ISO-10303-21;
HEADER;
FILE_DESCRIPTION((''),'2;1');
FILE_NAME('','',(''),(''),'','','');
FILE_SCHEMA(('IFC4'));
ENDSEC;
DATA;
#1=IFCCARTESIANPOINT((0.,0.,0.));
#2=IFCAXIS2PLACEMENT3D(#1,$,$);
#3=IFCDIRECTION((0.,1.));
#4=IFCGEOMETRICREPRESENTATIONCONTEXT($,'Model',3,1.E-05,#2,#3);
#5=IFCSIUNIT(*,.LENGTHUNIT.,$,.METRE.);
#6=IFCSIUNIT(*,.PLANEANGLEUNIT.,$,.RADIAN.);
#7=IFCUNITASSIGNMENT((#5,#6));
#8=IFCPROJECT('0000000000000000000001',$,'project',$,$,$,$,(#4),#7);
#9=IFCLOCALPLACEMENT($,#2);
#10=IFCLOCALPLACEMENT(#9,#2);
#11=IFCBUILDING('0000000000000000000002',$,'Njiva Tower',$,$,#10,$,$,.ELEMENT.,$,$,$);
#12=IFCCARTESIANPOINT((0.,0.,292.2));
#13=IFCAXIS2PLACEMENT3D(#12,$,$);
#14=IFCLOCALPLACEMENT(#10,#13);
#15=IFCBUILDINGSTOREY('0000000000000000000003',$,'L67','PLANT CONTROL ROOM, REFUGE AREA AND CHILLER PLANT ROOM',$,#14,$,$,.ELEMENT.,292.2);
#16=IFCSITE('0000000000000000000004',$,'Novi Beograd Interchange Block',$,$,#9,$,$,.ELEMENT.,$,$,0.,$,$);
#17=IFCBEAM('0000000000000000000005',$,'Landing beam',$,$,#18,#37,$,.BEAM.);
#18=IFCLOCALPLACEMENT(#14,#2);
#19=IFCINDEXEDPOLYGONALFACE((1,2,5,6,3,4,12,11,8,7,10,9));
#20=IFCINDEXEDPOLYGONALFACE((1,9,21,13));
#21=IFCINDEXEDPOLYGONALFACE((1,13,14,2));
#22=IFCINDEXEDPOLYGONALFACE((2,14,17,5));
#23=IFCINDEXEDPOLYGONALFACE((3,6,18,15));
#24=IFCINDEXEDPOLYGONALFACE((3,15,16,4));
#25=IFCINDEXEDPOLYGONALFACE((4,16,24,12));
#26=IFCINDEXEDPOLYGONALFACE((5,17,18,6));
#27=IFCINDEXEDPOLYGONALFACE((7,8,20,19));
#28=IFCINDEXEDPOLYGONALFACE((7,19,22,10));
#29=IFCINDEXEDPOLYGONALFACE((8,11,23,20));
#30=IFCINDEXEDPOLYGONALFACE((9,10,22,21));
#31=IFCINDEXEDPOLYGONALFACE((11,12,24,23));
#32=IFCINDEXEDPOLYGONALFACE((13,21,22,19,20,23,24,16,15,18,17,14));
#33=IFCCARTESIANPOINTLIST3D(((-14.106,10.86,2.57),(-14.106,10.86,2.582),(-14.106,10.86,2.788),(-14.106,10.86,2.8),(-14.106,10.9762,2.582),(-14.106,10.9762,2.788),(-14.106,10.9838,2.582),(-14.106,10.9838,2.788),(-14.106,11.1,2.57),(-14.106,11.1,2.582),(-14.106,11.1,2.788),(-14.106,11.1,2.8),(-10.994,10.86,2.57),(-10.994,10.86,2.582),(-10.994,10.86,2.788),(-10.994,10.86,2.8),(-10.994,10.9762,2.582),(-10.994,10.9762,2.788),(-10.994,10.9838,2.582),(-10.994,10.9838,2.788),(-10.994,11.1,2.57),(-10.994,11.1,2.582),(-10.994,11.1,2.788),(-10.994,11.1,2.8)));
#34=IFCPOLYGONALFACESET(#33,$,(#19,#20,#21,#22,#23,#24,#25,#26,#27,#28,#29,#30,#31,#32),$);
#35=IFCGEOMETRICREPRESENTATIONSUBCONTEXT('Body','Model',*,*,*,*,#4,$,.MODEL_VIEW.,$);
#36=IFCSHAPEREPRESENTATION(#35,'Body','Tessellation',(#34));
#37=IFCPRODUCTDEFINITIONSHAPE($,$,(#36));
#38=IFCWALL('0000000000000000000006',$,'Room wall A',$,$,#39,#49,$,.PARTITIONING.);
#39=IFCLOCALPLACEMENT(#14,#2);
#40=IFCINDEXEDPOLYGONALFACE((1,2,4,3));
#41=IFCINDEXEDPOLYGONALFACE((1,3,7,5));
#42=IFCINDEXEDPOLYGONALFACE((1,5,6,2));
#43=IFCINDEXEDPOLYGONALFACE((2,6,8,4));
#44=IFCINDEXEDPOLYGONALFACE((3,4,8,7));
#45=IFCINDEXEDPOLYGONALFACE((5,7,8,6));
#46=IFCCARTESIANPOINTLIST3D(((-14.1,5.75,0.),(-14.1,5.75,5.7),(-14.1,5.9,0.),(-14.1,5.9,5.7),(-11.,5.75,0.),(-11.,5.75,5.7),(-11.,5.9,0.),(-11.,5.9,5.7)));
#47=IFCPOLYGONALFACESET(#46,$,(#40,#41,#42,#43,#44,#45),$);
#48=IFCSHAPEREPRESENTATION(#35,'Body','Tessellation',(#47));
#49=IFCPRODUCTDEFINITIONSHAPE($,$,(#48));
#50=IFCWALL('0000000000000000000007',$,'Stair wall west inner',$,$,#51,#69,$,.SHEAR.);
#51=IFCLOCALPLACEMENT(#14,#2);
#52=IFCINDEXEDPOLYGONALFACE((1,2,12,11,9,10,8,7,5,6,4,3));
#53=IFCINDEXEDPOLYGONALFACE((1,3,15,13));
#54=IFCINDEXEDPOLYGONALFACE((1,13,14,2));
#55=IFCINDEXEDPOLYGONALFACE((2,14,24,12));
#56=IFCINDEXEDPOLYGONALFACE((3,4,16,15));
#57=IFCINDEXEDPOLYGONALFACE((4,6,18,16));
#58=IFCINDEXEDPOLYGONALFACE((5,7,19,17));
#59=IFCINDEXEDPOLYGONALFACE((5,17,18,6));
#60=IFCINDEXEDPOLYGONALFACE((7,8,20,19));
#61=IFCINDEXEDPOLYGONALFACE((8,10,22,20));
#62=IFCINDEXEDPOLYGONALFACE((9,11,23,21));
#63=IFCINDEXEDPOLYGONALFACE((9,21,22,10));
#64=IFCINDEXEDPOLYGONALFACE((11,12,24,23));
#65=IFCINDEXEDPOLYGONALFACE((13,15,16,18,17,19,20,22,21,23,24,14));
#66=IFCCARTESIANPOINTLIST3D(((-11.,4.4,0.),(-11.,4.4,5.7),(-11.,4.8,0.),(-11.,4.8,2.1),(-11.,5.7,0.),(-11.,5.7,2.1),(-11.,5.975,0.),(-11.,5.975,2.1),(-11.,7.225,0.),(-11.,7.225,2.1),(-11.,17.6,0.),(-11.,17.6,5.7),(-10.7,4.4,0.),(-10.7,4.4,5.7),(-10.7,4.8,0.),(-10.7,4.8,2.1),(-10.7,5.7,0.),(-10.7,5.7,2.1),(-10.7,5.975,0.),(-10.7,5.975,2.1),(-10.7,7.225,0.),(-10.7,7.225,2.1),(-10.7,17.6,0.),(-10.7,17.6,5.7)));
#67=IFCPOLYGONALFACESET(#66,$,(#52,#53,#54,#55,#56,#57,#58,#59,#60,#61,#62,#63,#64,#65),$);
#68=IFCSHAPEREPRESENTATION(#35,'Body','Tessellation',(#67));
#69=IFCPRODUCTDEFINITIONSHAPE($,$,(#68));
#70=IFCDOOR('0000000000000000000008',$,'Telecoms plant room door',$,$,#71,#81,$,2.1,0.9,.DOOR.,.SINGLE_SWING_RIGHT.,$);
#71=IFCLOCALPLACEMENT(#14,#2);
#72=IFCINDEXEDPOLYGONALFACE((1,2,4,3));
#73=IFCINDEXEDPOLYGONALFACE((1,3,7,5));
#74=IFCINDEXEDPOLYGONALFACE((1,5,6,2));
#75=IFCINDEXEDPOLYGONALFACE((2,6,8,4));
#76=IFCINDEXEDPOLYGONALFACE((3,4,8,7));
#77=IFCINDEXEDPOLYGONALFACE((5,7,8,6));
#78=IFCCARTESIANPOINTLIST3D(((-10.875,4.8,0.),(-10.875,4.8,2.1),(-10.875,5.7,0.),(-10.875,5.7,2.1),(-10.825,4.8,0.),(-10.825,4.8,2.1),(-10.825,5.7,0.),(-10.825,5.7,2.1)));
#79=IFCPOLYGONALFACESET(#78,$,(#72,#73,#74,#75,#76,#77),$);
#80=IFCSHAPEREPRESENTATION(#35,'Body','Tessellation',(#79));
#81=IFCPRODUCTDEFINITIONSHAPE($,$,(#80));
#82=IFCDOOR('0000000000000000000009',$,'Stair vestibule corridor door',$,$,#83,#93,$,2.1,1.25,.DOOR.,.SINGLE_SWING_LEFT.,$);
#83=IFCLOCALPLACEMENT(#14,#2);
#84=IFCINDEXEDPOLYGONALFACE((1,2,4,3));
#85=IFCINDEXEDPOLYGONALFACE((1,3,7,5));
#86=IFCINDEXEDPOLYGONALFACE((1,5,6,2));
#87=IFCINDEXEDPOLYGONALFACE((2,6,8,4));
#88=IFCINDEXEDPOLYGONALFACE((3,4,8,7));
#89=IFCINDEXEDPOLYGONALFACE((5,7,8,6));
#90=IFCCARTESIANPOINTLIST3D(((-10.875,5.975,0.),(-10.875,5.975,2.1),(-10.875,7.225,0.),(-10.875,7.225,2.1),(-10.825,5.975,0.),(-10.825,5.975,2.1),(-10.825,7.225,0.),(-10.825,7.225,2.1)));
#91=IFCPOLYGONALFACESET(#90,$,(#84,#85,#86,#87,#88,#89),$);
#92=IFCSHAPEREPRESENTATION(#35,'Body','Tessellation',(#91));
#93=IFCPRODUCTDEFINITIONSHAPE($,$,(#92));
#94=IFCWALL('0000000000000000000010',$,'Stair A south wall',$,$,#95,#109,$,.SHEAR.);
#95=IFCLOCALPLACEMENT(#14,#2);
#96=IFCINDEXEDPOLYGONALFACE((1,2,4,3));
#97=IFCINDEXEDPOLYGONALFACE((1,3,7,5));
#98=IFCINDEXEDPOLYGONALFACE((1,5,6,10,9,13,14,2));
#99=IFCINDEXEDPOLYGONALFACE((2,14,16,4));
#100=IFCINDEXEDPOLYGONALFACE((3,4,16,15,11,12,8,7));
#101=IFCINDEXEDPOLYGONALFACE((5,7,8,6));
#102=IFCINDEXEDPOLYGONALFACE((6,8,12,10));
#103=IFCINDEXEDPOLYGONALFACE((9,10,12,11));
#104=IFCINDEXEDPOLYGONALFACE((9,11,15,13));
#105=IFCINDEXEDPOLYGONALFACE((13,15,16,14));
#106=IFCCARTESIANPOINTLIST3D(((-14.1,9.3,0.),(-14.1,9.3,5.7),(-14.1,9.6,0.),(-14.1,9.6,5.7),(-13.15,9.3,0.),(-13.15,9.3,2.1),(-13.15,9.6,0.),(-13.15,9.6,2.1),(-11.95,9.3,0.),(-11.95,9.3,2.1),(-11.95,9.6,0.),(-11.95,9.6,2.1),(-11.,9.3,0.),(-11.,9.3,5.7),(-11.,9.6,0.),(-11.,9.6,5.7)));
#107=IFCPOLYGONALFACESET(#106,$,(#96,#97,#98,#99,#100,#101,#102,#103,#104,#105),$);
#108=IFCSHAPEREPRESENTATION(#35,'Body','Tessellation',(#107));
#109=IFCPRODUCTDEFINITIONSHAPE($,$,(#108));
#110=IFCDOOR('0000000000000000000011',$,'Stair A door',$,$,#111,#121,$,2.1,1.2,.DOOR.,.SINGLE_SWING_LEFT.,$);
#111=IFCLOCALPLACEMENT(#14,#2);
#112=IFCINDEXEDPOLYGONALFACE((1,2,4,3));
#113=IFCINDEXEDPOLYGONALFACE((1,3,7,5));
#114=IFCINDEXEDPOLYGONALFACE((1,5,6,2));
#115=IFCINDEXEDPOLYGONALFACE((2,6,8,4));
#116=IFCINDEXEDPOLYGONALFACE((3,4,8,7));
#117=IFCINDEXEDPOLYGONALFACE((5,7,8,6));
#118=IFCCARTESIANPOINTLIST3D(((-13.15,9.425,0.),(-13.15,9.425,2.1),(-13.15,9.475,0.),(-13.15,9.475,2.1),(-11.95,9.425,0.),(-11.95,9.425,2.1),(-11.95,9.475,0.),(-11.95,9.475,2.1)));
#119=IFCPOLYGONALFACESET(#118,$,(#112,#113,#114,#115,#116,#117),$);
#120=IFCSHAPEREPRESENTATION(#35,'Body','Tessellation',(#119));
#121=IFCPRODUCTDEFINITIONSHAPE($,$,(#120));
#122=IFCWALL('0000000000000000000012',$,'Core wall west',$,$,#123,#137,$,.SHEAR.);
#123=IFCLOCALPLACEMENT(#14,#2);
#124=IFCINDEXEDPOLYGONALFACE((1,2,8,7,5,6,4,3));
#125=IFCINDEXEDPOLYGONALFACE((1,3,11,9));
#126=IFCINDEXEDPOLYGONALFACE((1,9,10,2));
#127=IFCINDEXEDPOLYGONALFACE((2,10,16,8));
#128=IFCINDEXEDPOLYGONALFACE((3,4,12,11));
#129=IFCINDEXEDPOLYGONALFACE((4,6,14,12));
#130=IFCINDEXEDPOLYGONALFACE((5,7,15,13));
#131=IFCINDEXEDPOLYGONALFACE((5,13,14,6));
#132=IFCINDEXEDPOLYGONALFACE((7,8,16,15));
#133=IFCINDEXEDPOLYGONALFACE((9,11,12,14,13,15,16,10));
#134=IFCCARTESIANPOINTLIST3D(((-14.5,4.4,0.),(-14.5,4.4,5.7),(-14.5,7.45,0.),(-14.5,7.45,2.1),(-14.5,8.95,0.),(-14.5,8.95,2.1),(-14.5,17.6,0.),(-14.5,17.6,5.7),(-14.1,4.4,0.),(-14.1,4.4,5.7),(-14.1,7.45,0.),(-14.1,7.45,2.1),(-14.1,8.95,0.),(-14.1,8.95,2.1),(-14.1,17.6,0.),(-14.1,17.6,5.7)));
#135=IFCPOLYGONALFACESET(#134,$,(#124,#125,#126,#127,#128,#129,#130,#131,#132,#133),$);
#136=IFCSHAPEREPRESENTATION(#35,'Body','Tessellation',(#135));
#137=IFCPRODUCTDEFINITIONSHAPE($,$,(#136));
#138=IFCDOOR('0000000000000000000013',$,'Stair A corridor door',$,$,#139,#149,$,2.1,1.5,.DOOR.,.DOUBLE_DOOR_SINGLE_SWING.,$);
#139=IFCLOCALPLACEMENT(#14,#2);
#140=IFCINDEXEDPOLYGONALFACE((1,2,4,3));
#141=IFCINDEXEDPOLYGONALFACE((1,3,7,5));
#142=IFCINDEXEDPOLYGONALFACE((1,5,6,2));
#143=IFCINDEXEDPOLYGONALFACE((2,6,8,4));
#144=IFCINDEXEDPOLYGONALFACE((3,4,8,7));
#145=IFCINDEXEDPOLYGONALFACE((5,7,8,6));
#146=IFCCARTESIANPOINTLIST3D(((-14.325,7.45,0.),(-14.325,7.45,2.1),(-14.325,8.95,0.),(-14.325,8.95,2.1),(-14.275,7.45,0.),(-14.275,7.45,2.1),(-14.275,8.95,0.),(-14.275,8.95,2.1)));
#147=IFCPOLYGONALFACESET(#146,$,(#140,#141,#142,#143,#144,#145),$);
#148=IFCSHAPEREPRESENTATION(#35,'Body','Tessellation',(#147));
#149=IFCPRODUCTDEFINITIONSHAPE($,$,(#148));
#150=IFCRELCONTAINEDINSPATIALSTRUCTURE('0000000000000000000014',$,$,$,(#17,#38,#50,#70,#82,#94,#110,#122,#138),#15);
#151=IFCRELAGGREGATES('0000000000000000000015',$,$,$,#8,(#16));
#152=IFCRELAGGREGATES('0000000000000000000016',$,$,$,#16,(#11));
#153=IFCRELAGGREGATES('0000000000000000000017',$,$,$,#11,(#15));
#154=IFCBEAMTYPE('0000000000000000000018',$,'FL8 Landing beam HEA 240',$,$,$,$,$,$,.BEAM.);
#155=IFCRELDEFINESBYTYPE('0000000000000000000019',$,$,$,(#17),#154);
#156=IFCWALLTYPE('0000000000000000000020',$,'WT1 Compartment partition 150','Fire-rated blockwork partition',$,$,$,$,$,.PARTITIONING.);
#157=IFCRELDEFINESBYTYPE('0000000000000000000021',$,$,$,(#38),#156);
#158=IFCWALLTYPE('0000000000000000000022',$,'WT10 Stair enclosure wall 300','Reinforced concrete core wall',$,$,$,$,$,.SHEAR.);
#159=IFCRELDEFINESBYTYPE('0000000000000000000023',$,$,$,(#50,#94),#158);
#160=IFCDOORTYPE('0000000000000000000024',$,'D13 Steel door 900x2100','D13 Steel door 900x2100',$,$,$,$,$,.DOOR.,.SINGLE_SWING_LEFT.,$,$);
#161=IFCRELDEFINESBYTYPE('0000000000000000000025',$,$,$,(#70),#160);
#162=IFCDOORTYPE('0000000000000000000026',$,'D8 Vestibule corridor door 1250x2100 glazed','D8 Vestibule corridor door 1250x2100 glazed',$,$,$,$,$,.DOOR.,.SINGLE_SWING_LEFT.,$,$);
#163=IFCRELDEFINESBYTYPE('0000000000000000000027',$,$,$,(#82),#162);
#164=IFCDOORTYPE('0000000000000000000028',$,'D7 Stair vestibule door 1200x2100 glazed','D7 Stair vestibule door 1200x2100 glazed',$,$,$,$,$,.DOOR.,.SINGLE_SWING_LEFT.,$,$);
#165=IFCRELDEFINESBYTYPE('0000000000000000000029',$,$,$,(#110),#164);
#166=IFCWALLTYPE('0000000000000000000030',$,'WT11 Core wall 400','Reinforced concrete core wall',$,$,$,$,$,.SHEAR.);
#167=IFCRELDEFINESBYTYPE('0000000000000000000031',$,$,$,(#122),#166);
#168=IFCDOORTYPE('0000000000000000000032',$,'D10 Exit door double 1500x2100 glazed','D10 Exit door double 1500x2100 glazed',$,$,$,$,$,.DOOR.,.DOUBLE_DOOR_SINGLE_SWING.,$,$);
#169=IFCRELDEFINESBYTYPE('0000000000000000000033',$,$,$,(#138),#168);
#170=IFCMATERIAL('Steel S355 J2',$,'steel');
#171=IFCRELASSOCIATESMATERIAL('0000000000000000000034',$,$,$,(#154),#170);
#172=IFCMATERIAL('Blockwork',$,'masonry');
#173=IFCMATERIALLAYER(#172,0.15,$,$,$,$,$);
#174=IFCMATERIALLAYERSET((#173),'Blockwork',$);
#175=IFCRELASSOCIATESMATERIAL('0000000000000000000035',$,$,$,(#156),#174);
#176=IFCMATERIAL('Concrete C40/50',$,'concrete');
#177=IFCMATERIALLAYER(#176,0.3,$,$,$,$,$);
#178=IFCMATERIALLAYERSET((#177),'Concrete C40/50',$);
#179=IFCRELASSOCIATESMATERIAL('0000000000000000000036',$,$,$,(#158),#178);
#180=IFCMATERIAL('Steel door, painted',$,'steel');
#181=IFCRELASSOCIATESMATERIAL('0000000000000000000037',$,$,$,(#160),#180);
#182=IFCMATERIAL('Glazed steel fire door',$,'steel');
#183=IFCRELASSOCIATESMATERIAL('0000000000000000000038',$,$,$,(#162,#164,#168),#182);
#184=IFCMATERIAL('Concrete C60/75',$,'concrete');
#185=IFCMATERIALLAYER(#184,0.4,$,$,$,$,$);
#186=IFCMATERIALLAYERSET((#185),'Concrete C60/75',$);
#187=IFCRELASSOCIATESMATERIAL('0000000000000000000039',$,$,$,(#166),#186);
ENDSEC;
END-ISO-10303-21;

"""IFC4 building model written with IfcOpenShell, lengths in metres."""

from ifc_helpers import new_model, si_unit, direction, frame, frame_2d, origin, origin_2d, place, context, subcontext, project, spatial, rectangle, i_section, extrude, material, layer, layer_set, material_profile, profile_set, type_object, element, fill, save


model = new_model("IFC4")

# Units and contexts
model_context = context("Model", 3, precision=1e-05, world=origin(), true_north=direction((0.0, 1.0)))
body_context = subcontext(model_context, "Body", "Model", "MODEL_VIEW")
ifc_project = project(units=[si_unit("LENGTHUNIT", "METRE"), si_unit("PLANEANGLEUNIT", "RADIAN")], contexts=[model_context])

# Site, building, storey
site_placement = place(None, origin())
site = spatial("IfcSite", under=ifc_project, at=site_placement, Name="Novi Beograd Interchange Block", CompositionType="ELEMENT", RefElevation=0.0)
building_placement = place(site_placement, origin())
building = spatial("IfcBuilding", under=site, at=building_placement, Name="Njiva Tower", CompositionType="ELEMENT")
storey_placement = place(building_placement, frame((0.0, 0.0, 292.2)))
storey = spatial("IfcBuildingStorey", under=building, at=storey_placement, Name="L67", Description="PLANT CONTROL ROOM, REFUGE AREA AND CHILLER PLANT ROOM", CompositionType="ELEMENT", Elevation=292.2)

# Beam
ifc_material_1 = material(Name="Steel S355 J2", Category="steel")
ifc_material_profile_1 = material_profile(ifc_material_1, i_section(OverallWidth=0.24, OverallDepth=0.23, WebThickness=0.0075, FlangeThickness=0.012, at=origin_2d()), Name="HEA240")
ifc_profile_set_1 = profile_set([ifc_material_profile_1], Name="Steel S355 J2")
beam_type = type_object("IfcBeamType", Name="FL8 Landing beam HEA 240", PredefinedType="BEAM", material=ifc_profile_set_1)
beam_placement = place(storey_placement, frame((-14.106, 10.98, 2.685), z_axis=(1.0, 0.0, 0.0), x_axis=(0.0, 1.0, 0.0)))
element("IfcBeam", 1, at=beam_placement, inside=storey, type_object=beam_type, Name="Landing beam", PredefinedType="BEAM", context=body_context, shape_type="SweptSolid", body=[
    extrude(i_section(OverallWidth=0.24, OverallDepth=0.23, WebThickness=0.0075, FlangeThickness=0.012, at=origin_2d()), origin(), (0.0, 0.0, 1.0), 3.112),
])

# Wall
ifc_material_2 = material(Name="Blockwork", Category="masonry")
ifc_layer_1 = layer(ifc_material_2, 0.15)
ifc_layer_set_1 = layer_set([ifc_layer_1], Name="Blockwork")
wall_type_1 = type_object("IfcWallType", Name="WT1 Compartment partition 150", Description="Fire-rated blockwork partition", PredefinedType="PARTITIONING", material=ifc_layer_set_1)
wall_1_placement = place(storey_placement, frame((-14.1, 5.825, 0.0), z_axis=(0.0, 0.0, 1.0), x_axis=(1.0, 0.0, 0.0)))
element("IfcWall", 2, at=wall_1_placement, inside=storey, type_object=wall_type_1, Name="Room wall A", PredefinedType="PARTITIONING", context=body_context, shape_type="SweptSolid", body=[
    extrude(rectangle(XDim=3.1, YDim=0.15, at=frame_2d((1.55, 0.0))), origin(), (0.0, 0.0, 1.0), 5.7),
])

# Wall, openings, doors
ifc_material_3 = material(Name="Concrete C40/50", Category="concrete")
ifc_layer_2 = layer(ifc_material_3, 0.3)
ifc_layer_set_2 = layer_set([ifc_layer_2], Name="Concrete C40/50")
wall_type_2 = type_object("IfcWallType", Name="WT10 Stair enclosure wall 300", Description="Reinforced concrete core wall", PredefinedType="SHEAR", material=ifc_layer_set_2)
wall_2_placement = place(storey_placement, frame((-10.85, 4.4, 0.0), z_axis=(0.0, 0.0, 1.0), x_axis=(0.0, 1.0, 0.0)))
wall_2 = element("IfcWall", 3, at=wall_2_placement, inside=storey, type_object=wall_type_2, Name="Stair wall west inner", PredefinedType="SHEAR", context=body_context, shape_type="SweptSolid", body=[
    extrude(rectangle(XDim=13.2, YDim=0.3, at=frame_2d((6.6, 0.0))), origin(), (0.0, 0.0, 1.0), 5.7),
])
opening_1_placement = place(wall_2_placement, frame((1.575, 0.0, 0.0)))
opening_1 = element("IfcOpeningElement", 4, at=opening_1_placement, cuts=wall_2, PredefinedType="OPENING", context=body_context, shape_type="SweptSolid", body=[
    extrude(rectangle(XDim=1.25, YDim=2.1, at=frame_2d((0.625, 1.05))), frame((0.0, 0.16, 0.0), z_axis=(0.0, -1.0, 0.0), x_axis=(1.0, 0.0, 0.0)), (0.0, 0.0, 1.0), 0.32),
])
opening_2_placement = place(wall_2_placement, frame((0.4, 0.0, 0.0)))
opening_2 = element("IfcOpeningElement", 5, at=opening_2_placement, cuts=wall_2, PredefinedType="OPENING", context=body_context, shape_type="SweptSolid", body=[
    extrude(rectangle(XDim=0.9, YDim=2.1, at=frame_2d((0.45, 1.05))), frame((0.0, 0.16, 0.0), z_axis=(0.0, -1.0, 0.0), x_axis=(1.0, 0.0, 0.0)), (0.0, 0.0, 1.0), 0.32),
])
ifc_material_4 = material(Name="Steel door, painted", Category="steel")
door_type_1 = type_object("IfcDoorType", Name="D13 Steel door 900x2100", Description="D13 Steel door 900x2100", OperationType="SINGLE_SWING_LEFT", PredefinedType="DOOR", material=ifc_material_4)
door_1_placement = place(opening_2_placement, origin())
door_1 = element("IfcDoor", 6, at=door_1_placement, inside=storey, type_object=door_type_1, Name="Telecoms plant room door", OperationType="SINGLE_SWING_RIGHT", OverallHeight=2.1, OverallWidth=0.9, PredefinedType="DOOR", context=body_context, shape_type="SweptSolid", body=[
    extrude(rectangle(XDim=0.9, YDim=2.1, at=frame_2d((0.45, 1.05))), frame((0.0, 0.025, 0.0), z_axis=(0.0, -1.0, 0.0), x_axis=(1.0, 0.0, 0.0)), (0.0, 0.0, 1.0), 0.05),
])
fill(opening_2, door_1)
ifc_material_5 = material(Name="Glazed steel fire door", Category="steel")
door_type_2 = type_object("IfcDoorType", Name="D8 Vestibule corridor door 1250x2100 glazed", Description="D8 Vestibule corridor door 1250x2100 glazed", OperationType="SINGLE_SWING_LEFT", PredefinedType="DOOR", material=ifc_material_5)
door_2_placement = place(opening_1_placement, origin())
door_2 = element("IfcDoor", 7, at=door_2_placement, inside=storey, type_object=door_type_2, Name="Stair vestibule corridor door", OperationType="SINGLE_SWING_LEFT", OverallHeight=2.1, OverallWidth=1.25, PredefinedType="DOOR", context=body_context, shape_type="SweptSolid", body=[
    extrude(rectangle(XDim=1.25, YDim=2.1, at=frame_2d((0.625, 1.05))), frame((0.0, 0.025, 0.0), z_axis=(0.0, -1.0, 0.0), x_axis=(1.0, 0.0, 0.0)), (0.0, 0.0, 1.0), 0.05),
])
fill(opening_1, door_2)

# Walls, openings, doors
wall_3_placement = place(storey_placement, frame((-14.1, 9.45, 0.0), z_axis=(0.0, 0.0, 1.0), x_axis=(1.0, 0.0, 0.0)))
wall_3 = element("IfcWall", 8, at=wall_3_placement, inside=storey, type_object=wall_type_2, Name="Stair A south wall", PredefinedType="SHEAR", context=body_context, shape_type="SweptSolid", body=[
    extrude(rectangle(XDim=3.1, YDim=0.3, at=frame_2d((1.55, 0.0))), origin(), (0.0, 0.0, 1.0), 5.7),
])
opening_3_placement = place(wall_3_placement, frame((0.95, 0.0, 0.0)))
opening_3 = element("IfcOpeningElement", 9, at=opening_3_placement, cuts=wall_3, PredefinedType="OPENING", context=body_context, shape_type="SweptSolid", body=[
    extrude(rectangle(XDim=1.2, YDim=2.1, at=frame_2d((0.6, 1.05))), frame((0.0, 0.16, 0.0), z_axis=(0.0, -1.0, 0.0), x_axis=(1.0, 0.0, 0.0)), (0.0, 0.0, 1.0), 0.32),
])
door_type_3 = type_object("IfcDoorType", Name="D7 Stair vestibule door 1200x2100 glazed", Description="D7 Stair vestibule door 1200x2100 glazed", OperationType="SINGLE_SWING_LEFT", PredefinedType="DOOR", material=ifc_material_5)
door_3_placement = place(opening_3_placement, origin())
door_3 = element("IfcDoor", 10, at=door_3_placement, inside=storey, type_object=door_type_3, Name="Stair A door", OperationType="SINGLE_SWING_LEFT", OverallHeight=2.1, OverallWidth=1.2, PredefinedType="DOOR", context=body_context, shape_type="SweptSolid", body=[
    extrude(rectangle(XDim=1.2, YDim=2.1, at=frame_2d((0.6, 1.05))), frame((0.0, 0.025, 0.0), z_axis=(0.0, -1.0, 0.0), x_axis=(1.0, 0.0, 0.0)), (0.0, 0.0, 1.0), 0.05),
])
fill(opening_3, door_3)
ifc_material_6 = material(Name="Concrete C60/75", Category="concrete")
ifc_layer_3 = layer(ifc_material_6, 0.4)
ifc_layer_set_3 = layer_set([ifc_layer_3], Name="Concrete C60/75")
wall_type_3 = type_object("IfcWallType", Name="WT11 Core wall 400", Description="Reinforced concrete core wall", PredefinedType="SHEAR", material=ifc_layer_set_3)
wall_4_placement = place(storey_placement, frame((-14.3, 4.4, 0.0), z_axis=(0.0, 0.0, 1.0), x_axis=(0.0, 1.0, 0.0)))
wall_4 = element("IfcWall", 11, at=wall_4_placement, inside=storey, type_object=wall_type_3, Name="Core wall west", PredefinedType="SHEAR", context=body_context, shape_type="SweptSolid", body=[
    extrude(rectangle(XDim=13.2, YDim=0.4, at=frame_2d((6.6, 0.0))), origin(), (0.0, 0.0, 1.0), 5.7),
])
opening_4_placement = place(wall_4_placement, frame((3.05, 0.0, 0.0)))
opening_4 = element("IfcOpeningElement", 12, at=opening_4_placement, cuts=wall_4, PredefinedType="OPENING", context=body_context, shape_type="SweptSolid", body=[
    extrude(rectangle(XDim=1.5, YDim=2.1, at=frame_2d((0.75, 1.05))), frame((0.0, 0.21, 0.0), z_axis=(0.0, -1.0, 0.0), x_axis=(1.0, 0.0, 0.0)), (0.0, 0.0, 1.0), 0.42),
])
door_type_4 = type_object("IfcDoorType", Name="D10 Exit door double 1500x2100 glazed", Description="D10 Exit door double 1500x2100 glazed", OperationType="DOUBLE_DOOR_SINGLE_SWING", PredefinedType="DOOR", material=ifc_material_5)
door_4_placement = place(opening_4_placement, origin())
door_4 = element("IfcDoor", 13, at=door_4_placement, inside=storey, type_object=door_type_4, Name="Stair A corridor door", OperationType="DOUBLE_DOOR_SINGLE_SWING", OverallHeight=2.1, OverallWidth=1.5, PredefinedType="DOOR", context=body_context, shape_type="SweptSolid", body=[
    extrude(rectangle(XDim=1.5, YDim=2.1, at=frame_2d((0.75, 1.05))), frame((0.0, 0.025, 0.0), z_axis=(0.0, -1.0, 0.0), x_axis=(1.0, 0.0, 0.0)), (0.0, 0.0, 1.0), 0.05),
])
fill(opening_4, door_4)

save(model, "model.ifc")
